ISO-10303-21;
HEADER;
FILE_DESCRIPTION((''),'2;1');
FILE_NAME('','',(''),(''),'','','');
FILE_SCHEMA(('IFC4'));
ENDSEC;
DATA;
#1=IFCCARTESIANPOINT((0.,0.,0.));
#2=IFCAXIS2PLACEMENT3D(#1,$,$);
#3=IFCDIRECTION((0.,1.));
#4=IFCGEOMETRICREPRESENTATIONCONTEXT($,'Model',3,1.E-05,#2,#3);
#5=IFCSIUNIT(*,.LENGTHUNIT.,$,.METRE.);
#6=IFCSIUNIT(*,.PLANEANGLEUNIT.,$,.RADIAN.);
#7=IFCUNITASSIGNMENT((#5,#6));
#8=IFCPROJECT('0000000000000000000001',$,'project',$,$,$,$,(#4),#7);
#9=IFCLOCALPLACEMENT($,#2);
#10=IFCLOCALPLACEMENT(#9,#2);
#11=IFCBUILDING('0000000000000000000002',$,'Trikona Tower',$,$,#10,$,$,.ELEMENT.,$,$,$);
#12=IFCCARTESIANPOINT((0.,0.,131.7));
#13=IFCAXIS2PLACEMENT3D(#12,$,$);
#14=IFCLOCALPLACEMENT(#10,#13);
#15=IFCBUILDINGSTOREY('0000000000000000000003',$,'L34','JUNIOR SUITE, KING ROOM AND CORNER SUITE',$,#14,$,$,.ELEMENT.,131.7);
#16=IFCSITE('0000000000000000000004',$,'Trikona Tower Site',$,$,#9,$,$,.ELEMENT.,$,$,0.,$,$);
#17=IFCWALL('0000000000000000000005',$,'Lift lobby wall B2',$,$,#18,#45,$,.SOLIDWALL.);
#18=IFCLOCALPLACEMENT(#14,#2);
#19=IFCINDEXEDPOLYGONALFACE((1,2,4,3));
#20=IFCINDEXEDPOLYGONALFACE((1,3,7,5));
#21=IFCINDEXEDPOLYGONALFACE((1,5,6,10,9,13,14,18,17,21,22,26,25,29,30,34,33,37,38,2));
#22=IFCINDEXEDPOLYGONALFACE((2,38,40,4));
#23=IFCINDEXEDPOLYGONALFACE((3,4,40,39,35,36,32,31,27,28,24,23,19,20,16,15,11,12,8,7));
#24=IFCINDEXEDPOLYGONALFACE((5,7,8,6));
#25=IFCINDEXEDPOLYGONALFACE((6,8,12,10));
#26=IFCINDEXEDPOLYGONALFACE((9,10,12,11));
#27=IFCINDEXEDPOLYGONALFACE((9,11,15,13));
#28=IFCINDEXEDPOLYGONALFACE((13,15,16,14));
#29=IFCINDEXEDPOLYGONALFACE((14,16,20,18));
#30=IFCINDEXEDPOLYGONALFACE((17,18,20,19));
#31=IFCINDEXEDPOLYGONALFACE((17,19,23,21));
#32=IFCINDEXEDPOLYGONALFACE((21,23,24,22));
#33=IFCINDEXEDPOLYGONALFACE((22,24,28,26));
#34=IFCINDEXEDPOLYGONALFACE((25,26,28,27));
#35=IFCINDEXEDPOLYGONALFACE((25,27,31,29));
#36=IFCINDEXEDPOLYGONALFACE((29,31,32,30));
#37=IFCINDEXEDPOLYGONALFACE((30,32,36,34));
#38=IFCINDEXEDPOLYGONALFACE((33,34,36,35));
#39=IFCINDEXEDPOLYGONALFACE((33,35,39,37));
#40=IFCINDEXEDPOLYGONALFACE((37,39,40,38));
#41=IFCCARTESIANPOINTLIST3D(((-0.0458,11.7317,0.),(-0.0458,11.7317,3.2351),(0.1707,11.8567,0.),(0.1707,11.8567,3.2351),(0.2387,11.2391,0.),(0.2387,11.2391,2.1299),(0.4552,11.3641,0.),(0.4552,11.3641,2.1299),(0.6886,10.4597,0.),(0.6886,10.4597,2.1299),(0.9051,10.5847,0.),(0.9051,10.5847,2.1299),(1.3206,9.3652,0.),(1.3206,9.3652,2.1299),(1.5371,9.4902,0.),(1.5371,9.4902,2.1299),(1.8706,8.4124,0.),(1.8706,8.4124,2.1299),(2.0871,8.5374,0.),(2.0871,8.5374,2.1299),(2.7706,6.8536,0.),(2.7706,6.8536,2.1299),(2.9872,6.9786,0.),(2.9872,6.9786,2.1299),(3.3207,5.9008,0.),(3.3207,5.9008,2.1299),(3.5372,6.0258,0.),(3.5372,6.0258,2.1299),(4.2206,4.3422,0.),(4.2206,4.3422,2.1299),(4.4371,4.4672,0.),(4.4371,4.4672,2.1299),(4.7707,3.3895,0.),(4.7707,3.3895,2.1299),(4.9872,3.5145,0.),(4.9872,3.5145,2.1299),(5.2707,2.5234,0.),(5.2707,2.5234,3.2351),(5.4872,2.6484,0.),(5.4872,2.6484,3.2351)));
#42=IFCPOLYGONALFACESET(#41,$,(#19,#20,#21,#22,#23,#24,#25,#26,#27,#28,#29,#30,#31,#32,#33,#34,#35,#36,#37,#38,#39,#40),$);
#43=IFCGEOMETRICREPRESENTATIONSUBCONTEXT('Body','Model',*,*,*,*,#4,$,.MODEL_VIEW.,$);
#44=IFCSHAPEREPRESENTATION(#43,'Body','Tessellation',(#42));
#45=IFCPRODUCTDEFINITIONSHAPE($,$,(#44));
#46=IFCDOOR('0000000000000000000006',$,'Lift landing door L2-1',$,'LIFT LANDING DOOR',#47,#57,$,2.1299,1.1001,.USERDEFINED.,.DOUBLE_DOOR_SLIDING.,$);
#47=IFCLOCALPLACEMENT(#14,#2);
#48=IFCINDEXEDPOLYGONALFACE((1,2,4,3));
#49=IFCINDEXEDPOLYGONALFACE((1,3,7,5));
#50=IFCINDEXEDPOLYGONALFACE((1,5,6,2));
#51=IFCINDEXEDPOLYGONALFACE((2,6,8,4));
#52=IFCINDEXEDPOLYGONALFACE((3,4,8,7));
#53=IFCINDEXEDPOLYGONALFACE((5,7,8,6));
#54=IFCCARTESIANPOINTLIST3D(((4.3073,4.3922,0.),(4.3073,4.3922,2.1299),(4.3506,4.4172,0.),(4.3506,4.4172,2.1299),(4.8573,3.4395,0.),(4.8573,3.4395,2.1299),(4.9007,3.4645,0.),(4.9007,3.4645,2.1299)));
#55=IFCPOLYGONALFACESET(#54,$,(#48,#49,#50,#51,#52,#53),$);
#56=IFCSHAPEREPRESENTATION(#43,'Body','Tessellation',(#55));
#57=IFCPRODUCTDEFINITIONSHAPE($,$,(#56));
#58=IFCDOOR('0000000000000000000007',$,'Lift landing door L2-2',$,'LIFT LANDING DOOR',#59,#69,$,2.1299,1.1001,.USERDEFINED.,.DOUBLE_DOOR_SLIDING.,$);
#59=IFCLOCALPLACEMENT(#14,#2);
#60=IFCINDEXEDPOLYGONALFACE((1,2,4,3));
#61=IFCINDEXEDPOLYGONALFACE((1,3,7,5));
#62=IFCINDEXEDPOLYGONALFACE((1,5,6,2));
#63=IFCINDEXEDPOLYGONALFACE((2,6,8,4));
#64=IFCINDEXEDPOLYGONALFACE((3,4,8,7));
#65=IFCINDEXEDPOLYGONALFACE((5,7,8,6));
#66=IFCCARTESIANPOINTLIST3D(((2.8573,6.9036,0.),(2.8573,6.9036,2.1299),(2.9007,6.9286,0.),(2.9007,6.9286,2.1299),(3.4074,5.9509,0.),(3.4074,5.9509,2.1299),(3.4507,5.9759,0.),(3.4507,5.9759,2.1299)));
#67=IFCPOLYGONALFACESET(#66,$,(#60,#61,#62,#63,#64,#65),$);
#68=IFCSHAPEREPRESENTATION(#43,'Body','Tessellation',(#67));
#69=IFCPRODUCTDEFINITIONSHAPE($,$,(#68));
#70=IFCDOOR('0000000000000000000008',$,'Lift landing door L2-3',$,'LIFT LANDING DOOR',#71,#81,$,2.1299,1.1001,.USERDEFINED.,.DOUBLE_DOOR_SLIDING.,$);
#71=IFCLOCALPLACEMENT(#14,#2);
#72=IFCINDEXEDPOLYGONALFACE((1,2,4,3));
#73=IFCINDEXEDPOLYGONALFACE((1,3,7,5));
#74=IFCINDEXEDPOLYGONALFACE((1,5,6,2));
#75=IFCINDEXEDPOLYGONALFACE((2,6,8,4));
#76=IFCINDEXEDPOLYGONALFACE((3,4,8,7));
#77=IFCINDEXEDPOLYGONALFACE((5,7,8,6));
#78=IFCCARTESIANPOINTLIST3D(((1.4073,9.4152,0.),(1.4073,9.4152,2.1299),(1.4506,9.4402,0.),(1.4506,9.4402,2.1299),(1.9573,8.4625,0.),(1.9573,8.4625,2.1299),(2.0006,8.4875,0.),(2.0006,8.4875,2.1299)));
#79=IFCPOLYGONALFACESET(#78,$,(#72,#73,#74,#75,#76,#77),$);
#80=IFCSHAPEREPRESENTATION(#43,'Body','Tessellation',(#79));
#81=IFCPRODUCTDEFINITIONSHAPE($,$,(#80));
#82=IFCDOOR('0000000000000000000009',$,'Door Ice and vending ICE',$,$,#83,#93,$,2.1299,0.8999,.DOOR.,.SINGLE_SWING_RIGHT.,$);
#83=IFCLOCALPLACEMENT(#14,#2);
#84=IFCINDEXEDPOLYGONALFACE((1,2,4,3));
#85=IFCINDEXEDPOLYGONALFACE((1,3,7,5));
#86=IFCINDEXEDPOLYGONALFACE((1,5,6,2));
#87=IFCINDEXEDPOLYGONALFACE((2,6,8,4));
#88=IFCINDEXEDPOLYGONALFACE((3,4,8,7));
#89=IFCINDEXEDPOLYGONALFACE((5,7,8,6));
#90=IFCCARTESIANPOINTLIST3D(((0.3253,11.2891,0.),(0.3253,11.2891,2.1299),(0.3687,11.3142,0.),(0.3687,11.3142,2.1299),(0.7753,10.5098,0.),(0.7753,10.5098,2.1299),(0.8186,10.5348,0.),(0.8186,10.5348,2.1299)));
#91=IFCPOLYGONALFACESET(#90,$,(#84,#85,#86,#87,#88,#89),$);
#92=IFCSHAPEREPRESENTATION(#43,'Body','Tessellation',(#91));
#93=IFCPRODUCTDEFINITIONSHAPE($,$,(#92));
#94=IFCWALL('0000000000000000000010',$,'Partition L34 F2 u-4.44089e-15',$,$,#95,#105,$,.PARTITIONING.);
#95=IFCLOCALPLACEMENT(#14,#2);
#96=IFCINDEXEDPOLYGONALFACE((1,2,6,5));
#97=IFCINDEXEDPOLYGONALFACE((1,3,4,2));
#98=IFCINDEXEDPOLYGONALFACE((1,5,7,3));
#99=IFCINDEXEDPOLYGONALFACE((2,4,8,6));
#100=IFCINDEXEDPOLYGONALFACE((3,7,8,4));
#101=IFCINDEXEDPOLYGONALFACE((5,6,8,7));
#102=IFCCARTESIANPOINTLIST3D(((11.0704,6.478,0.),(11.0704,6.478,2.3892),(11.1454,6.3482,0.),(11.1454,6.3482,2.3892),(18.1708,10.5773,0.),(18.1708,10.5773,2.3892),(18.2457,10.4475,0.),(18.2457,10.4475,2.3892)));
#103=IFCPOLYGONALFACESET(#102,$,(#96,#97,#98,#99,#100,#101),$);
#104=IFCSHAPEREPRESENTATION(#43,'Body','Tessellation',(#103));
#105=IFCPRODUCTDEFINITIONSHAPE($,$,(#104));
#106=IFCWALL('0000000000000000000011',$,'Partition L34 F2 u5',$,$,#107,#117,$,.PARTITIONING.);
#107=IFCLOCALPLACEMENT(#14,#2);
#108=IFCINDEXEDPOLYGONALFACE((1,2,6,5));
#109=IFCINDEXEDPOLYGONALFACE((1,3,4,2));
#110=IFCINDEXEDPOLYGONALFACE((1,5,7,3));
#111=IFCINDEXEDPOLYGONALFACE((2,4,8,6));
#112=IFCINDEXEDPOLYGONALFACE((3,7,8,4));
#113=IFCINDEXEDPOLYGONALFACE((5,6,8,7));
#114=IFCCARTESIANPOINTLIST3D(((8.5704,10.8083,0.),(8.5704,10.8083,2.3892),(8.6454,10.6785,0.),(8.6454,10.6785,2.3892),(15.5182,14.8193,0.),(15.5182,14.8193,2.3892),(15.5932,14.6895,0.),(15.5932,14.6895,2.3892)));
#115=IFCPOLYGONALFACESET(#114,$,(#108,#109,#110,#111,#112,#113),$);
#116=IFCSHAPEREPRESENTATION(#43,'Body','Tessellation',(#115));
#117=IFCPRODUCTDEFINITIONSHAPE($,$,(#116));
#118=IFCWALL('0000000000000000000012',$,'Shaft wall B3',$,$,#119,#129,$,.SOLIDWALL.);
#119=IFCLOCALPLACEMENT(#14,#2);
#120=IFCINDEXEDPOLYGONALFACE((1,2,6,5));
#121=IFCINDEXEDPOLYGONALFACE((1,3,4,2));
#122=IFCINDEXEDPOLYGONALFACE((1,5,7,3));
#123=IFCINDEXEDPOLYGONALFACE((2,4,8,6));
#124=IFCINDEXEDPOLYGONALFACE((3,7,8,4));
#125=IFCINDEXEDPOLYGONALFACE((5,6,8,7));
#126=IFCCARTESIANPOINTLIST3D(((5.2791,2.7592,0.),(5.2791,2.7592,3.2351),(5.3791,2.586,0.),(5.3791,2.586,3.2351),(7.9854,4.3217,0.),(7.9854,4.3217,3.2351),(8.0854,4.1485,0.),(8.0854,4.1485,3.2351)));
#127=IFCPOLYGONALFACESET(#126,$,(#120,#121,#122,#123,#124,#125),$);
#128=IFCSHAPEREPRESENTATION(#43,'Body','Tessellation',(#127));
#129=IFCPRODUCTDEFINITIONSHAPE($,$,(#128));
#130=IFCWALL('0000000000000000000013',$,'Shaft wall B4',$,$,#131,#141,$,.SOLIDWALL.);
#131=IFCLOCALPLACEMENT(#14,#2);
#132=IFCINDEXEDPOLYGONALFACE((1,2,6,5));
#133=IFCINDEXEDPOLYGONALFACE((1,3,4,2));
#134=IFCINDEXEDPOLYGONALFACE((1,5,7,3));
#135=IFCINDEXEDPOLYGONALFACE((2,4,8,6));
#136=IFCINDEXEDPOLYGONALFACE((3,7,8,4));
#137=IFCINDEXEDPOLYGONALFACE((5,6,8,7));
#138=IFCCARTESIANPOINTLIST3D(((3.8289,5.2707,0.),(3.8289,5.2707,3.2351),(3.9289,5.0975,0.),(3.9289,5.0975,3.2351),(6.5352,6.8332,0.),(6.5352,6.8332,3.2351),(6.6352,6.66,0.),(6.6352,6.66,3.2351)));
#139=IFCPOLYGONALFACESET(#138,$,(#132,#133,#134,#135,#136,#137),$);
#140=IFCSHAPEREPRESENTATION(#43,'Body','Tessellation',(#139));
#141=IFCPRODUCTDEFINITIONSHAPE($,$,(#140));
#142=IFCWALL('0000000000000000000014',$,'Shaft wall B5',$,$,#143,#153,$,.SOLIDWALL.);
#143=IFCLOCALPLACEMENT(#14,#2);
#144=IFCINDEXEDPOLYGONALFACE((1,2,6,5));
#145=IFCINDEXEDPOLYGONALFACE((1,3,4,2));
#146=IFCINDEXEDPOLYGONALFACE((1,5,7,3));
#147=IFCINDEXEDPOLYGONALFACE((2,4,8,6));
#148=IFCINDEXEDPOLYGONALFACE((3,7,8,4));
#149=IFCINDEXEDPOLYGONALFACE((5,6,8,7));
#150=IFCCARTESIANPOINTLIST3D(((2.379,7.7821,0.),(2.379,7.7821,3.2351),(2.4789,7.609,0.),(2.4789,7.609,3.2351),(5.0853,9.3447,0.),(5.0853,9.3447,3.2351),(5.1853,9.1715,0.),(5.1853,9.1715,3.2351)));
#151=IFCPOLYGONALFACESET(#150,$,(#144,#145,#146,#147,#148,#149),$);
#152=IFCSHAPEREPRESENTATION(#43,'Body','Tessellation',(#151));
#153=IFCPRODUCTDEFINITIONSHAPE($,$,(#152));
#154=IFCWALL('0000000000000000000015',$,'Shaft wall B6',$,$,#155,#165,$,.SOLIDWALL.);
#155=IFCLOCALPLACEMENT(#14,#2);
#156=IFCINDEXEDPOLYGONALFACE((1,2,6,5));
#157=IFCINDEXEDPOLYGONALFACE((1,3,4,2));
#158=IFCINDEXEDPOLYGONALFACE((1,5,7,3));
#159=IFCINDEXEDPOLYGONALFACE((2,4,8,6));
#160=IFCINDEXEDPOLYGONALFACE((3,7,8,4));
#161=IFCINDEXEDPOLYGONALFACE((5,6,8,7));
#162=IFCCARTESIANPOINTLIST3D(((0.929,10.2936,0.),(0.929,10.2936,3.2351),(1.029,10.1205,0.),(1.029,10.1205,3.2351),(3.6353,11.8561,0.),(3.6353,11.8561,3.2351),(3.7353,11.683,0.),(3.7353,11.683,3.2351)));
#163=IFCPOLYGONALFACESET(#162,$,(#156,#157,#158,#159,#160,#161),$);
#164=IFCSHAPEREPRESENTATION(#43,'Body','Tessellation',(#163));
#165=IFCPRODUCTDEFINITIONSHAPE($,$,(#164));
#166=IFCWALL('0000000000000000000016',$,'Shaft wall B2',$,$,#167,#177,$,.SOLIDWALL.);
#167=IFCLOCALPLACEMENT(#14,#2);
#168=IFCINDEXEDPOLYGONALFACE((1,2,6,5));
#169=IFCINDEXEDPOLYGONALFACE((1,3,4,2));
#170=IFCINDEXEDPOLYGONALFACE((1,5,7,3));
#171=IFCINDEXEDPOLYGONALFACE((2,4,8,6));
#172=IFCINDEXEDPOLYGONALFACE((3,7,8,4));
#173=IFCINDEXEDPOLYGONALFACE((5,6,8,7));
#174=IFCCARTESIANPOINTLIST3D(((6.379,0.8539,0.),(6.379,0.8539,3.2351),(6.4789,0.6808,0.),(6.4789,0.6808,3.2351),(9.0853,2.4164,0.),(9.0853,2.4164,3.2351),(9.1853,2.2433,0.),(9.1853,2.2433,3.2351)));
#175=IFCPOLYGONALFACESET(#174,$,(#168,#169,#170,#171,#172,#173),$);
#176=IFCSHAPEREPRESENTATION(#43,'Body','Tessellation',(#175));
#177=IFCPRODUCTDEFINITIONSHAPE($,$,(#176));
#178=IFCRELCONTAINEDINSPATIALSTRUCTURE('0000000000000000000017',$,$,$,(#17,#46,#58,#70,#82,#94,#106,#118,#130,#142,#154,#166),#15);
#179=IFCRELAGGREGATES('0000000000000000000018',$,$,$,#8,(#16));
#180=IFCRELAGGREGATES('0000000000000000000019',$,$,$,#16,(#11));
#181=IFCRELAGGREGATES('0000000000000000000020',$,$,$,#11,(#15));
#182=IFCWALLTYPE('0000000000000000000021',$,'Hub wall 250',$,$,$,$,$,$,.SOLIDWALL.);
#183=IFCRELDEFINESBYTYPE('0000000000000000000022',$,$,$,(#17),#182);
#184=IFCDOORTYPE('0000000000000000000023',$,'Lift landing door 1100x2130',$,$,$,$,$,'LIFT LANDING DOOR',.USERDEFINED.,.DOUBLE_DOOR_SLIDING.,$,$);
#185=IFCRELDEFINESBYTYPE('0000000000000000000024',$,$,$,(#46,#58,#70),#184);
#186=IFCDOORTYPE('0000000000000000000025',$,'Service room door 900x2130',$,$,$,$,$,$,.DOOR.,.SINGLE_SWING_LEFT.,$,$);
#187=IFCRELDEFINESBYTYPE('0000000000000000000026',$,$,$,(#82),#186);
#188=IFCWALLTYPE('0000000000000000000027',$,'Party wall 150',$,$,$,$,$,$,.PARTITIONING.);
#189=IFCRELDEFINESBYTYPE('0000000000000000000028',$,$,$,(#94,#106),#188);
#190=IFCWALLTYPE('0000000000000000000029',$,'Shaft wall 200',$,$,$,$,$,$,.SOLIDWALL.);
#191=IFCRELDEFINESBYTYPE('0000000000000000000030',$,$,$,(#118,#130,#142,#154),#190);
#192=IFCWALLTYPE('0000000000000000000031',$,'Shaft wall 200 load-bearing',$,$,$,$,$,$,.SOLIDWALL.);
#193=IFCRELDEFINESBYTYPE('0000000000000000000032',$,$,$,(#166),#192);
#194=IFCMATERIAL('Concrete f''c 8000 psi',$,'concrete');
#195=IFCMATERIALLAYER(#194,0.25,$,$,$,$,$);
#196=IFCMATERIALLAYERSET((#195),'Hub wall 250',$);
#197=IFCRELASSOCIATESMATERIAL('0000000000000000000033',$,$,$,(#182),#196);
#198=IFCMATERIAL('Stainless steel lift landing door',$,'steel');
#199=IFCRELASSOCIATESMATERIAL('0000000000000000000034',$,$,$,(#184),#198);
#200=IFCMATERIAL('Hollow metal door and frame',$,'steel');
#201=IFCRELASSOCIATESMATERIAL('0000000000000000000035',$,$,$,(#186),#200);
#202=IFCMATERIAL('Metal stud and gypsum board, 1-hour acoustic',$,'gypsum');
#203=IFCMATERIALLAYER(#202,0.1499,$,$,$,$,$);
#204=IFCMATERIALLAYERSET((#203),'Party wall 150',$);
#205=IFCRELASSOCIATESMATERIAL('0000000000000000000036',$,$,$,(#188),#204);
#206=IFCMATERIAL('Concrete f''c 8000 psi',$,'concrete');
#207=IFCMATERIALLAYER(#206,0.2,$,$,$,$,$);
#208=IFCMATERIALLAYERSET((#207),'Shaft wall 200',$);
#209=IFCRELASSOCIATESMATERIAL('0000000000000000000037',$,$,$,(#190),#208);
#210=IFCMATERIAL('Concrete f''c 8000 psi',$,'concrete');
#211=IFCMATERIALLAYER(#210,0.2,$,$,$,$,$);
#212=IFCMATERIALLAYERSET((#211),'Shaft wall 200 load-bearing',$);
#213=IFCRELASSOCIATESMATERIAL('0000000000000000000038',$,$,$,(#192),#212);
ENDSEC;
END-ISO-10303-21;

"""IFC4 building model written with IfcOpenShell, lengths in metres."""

from ifc_helpers import new_model, si_unit, direction, frame, frame_2d, origin, place, context, subcontext, project, spatial, rectangle, extrude, material, layer, layer_set, type_object, element, fill, save


model = new_model("IFC4")

# Units and contexts
model_context = context("Model", 3, precision=1e-05, world=origin(), true_north=direction((0.0, 1.0)))
body_context = subcontext(model_context, "Body", "Model", "MODEL_VIEW")
ifc_project = project(units=[si_unit("LENGTHUNIT", "METRE"), si_unit("PLANEANGLEUNIT", "RADIAN")], contexts=[model_context])

# Site, building, storey
site_placement = place(None, origin())
site = spatial("IfcSite", under=ifc_project, at=site_placement, Name="Trikona Tower Site", CompositionType="ELEMENT", RefElevation=0.0)
building_placement = place(site_placement, origin())
building = spatial("IfcBuilding", under=site, at=building_placement, Name="Trikona Tower", CompositionType="ELEMENT")
storey_placement = place(building_placement, frame((0.0, 0.0, 131.7)))
storey = spatial("IfcBuildingStorey", under=building, at=storey_placement, Name="L34", Description="JUNIOR SUITE, KING ROOM AND CORNER SUITE", CompositionType="ELEMENT", Elevation=131.7)

# Wall, openings, doors
ifc_material_1 = material(Name="Concrete f'c 8000 psi", Category="concrete")
ifc_layer_1 = layer(ifc_material_1, 0.25)
ifc_layer_set_1 = layer_set([ifc_layer_1], Name="Hub wall 250")
wall_type_1 = type_object("IfcWallType", Name="Hub wall 250", PredefinedType="SOLIDWALL", material=ifc_layer_set_1)
wall_1_placement = place(storey_placement, frame((5.3789, 2.5859, 0.0), z_axis=(0.0, 0.0, 1.0), x_axis=(-0.500001, 0.866025, 0.0)))
wall_1 = element("IfcWall", 1, at=wall_1_placement, inside=storey, type_object=wall_type_1, Name="Lift lobby wall B2", PredefinedType="SOLIDWALL", context=body_context, shape_type="SweptSolid", body=[
    extrude(rectangle(XDim=10.6328, YDim=0.25, at=frame_2d((5.3164, 0.0))), origin(), (0.0, 0.0, 1.0), 3.2351),
])
opening_1_placement = place(wall_1_placement, frame((9.1641, 0.0, 0.0)))
opening_1 = element("IfcOpeningElement", 2, at=opening_1_placement, cuts=wall_1, PredefinedType="OPENING", context=body_context, shape_type="SweptSolid", body=[
    extrude(rectangle(XDim=0.8999, YDim=2.1299, at=frame_2d((0.45, 1.0649))), frame((0.0, 0.135, 0.0), z_axis=(0.0, -1.0, 0.0), x_axis=(1.0, 0.0, 0.0)), (0.0, 0.0, 1.0), 0.27),
])
opening_2_placement = place(wall_1_placement, frame((1.0, 0.0, 0.0)))
opening_2 = element("IfcOpeningElement", 3, at=opening_2_placement, cuts=wall_1, PredefinedType="OPENING", context=body_context, shape_type="SweptSolid", body=[
    extrude(rectangle(XDim=1.1001, YDim=2.1299, at=frame_2d((0.55, 1.0649))), frame((0.0, 0.135, 0.0), z_axis=(0.0, -1.0, 0.0), x_axis=(1.0, 0.0, 0.0)), (0.0, 0.0, 1.0), 0.27),
])
opening_3_placement = place(wall_1_placement, frame((3.8999, 0.0, 0.0)))
opening_3 = element("IfcOpeningElement", 4, at=opening_3_placement, cuts=wall_1, PredefinedType="OPENING", context=body_context, shape_type="SweptSolid", body=[
    extrude(rectangle(XDim=1.1001, YDim=2.1299, at=frame_2d((0.55, 1.0649))), frame((0.0, 0.135, 0.0), z_axis=(0.0, -1.0, 0.0), x_axis=(1.0, 0.0, 0.0)), (0.0, 0.0, 1.0), 0.27),
])
opening_4_placement = place(wall_1_placement, frame((6.8, 0.0, 0.0)))
opening_4 = element("IfcOpeningElement", 5, at=opening_4_placement, cuts=wall_1, PredefinedType="OPENING", context=body_context, shape_type="SweptSolid", body=[
    extrude(rectangle(XDim=1.1001, YDim=2.1299, at=frame_2d((0.55, 1.0649))), frame((0.0, 0.135, 0.0), z_axis=(0.0, -1.0, 0.0), x_axis=(1.0, 0.0, 0.0)), (0.0, 0.0, 1.0), 0.27),
])
ifc_material_2 = material(Name="Stainless steel lift landing door", Category="steel")
door_type_1 = type_object("IfcDoorType", Name="Lift landing door 1100x2130", ElementType="LIFT LANDING DOOR", OperationType="DOUBLE_DOOR_SLIDING", PredefinedType="USERDEFINED", material=ifc_material_2)
door_1_placement = place(opening_2_placement, origin())
door_1 = element("IfcDoor", 6, at=door_1_placement, inside=storey, type_object=door_type_1, Name="Lift landing door L2-1", ObjectType="LIFT LANDING DOOR", OperationType="DOUBLE_DOOR_SLIDING", OverallHeight=2.1299, OverallWidth=1.1001, PredefinedType="USERDEFINED", context=body_context, shape_type="SweptSolid", body=[
    extrude(rectangle(XDim=1.1001, YDim=2.1299, at=frame_2d((0.55, 1.0649))), frame((0.0, 0.0249, 0.0), z_axis=(0.0, -1.0, 0.0), x_axis=(1.0, 0.0, 0.0)), (0.0, 0.0, 1.0), 0.05),
])
fill(opening_2, door_1)
door_2_placement = place(opening_3_placement, origin())
door_2 = element("IfcDoor", 7, at=door_2_placement, inside=storey, type_object=door_type_1, Name="Lift landing door L2-2", ObjectType="LIFT LANDING DOOR", OperationType="DOUBLE_DOOR_SLIDING", OverallHeight=2.1299, OverallWidth=1.1001, PredefinedType="USERDEFINED", context=body_context, shape_type="SweptSolid", body=[
    extrude(rectangle(XDim=1.1001, YDim=2.1299, at=frame_2d((0.55, 1.0649))), frame((0.0, 0.0249, 0.0), z_axis=(0.0, -1.0, 0.0), x_axis=(1.0, 0.0, 0.0)), (0.0, 0.0, 1.0), 0.05),
])
fill(opening_3, door_2)
door_3_placement = place(opening_4_placement, origin())
door_3 = element("IfcDoor", 8, at=door_3_placement, inside=storey, type_object=door_type_1, Name="Lift landing door L2-3", ObjectType="LIFT LANDING DOOR", OperationType="DOUBLE_DOOR_SLIDING", OverallHeight=2.1299, OverallWidth=1.1001, PredefinedType="USERDEFINED", context=body_context, shape_type="SweptSolid", body=[
    extrude(rectangle(XDim=1.1001, YDim=2.1299, at=frame_2d((0.55, 1.0649))), frame((0.0, 0.0249, 0.0), z_axis=(0.0, -1.0, 0.0), x_axis=(1.0, 0.0, 0.0)), (0.0, 0.0, 1.0), 0.05),
])
fill(opening_4, door_3)
ifc_material_3 = material(Name="Hollow metal door and frame", Category="steel")
door_type_2 = type_object("IfcDoorType", Name="Service room door 900x2130", OperationType="SINGLE_SWING_LEFT", PredefinedType="DOOR", material=ifc_material_3)
door_4_placement = place(opening_1_placement, origin())
door_4 = element("IfcDoor", 9, at=door_4_placement, inside=storey, type_object=door_type_2, Name="Door Ice and vending ICE", OperationType="SINGLE_SWING_RIGHT", OverallHeight=2.1299, OverallWidth=0.8999, PredefinedType="DOOR", context=body_context, shape_type="SweptSolid", body=[
    extrude(rectangle(XDim=0.8999, YDim=2.1299, at=frame_2d((0.45, 1.0649))), frame((0.0, 0.0249, 0.0), z_axis=(0.0, -1.0, 0.0), x_axis=(1.0, 0.0, 0.0)), (0.0, 0.0, 1.0), 0.05),
])
fill(opening_1, door_4)

# Walls
ifc_material_4 = material(Name="Metal stud and gypsum board, 1-hour acoustic", Category="gypsum")
ifc_layer_2 = layer(ifc_material_4, 0.1499)
ifc_layer_set_2 = layer_set([ifc_layer_2], Name="Party wall 150")
wall_type_2 = type_object("IfcWallType", Name="Party wall 150", PredefinedType="PARTITIONING", material=ifc_layer_set_2)
wall_2_placement = place(storey_placement, frame((11.1079, 6.4131, 0.0), z_axis=(0.0, 0.0, 1.0), x_axis=(0.866026, 0.499998, 0.0)))
element("IfcWall", 10, at=wall_2_placement, inside=storey, type_object=wall_type_2, Name="Partition L34 F2 u-4.44089e-15", PredefinedType="PARTITIONING", context=body_context, shape_type="SweptSolid", body=[
    extrude(rectangle(XDim=8.1987, YDim=0.1499, at=frame_2d((4.0994, 0.0))), origin(), (0.0, 0.0, 1.0), 2.3892),
])
wall_3_placement = place(storey_placement, frame((8.6079, 10.7434, 0.0), z_axis=(0.0, 0.0, 1.0), x_axis=(0.866042, 0.499972, 0.0)))
element("IfcWall", 11, at=wall_3_placement, inside=storey, type_object=wall_type_2, Name="Partition L34 F2 u5", PredefinedType="PARTITIONING", context=body_context, shape_type="SweptSolid", body=[
    extrude(rectangle(XDim=8.0225, YDim=0.1499, at=frame_2d((4.0112, 0.0))), origin(), (0.0, 0.0, 1.0), 2.3892),
])
ifc_material_5 = material(Name="Concrete f'c 8000 psi", Category="concrete")
ifc_layer_3 = layer(ifc_material_5, 0.2)
ifc_layer_set_3 = layer_set([ifc_layer_3], Name="Shaft wall 200")
wall_type_3 = type_object("IfcWallType", Name="Shaft wall 200", PredefinedType="SOLIDWALL", material=ifc_layer_set_3)
for number, where, z_axis, x_axis, name in (
    (12, (5.3291, 2.6726, 0.0), (0.0, 0.0, 1.0), (0.866023, 0.500004, 0.0), "Shaft wall B3"),
    (13, (3.8789, 5.1841, 0.0), (0.0, 0.0, 1.0), (0.866023, 0.500004, 0.0), "Shaft wall B4"),
    (14, (2.429, 7.6956, 0.0), (0.0, 0.0, 1.0), (0.866023, 0.500004, 0.0), "Shaft wall B5"),
    (15, (0.979, 10.207, 0.0), (0.0, 0.0, 1.0), (0.866023, 0.500004, 0.0), "Shaft wall B6"),
):
    element("IfcWall", number, at=place(storey_placement, frame(where, z_axis=z_axis, x_axis=x_axis)), inside=storey, type_object=wall_type_3, Name=name, PredefinedType="SOLIDWALL", context=body_context, shape_type="SweptSolid", body=[
        extrude(rectangle(XDim=3.125, YDim=0.2, at=frame_2d((1.5625, 0.0))), origin(), (0.0, 0.0, 1.0), 3.2351),
    ])
ifc_material_6 = material(Name="Concrete f'c 8000 psi", Category="concrete")
ifc_layer_4 = layer(ifc_material_6, 0.2)
ifc_layer_set_4 = layer_set([ifc_layer_4], Name="Shaft wall 200 load-bearing")
wall_type_4 = type_object("IfcWallType", Name="Shaft wall 200 load-bearing", PredefinedType="SOLIDWALL", material=ifc_layer_set_4)
wall_4_placement = place(storey_placement, frame((6.429, 0.7673, 0.0), z_axis=(0.0, 0.0, 1.0), x_axis=(0.866023, 0.500004, 0.0)))
element("IfcWall", 16, at=wall_4_placement, inside=storey, type_object=wall_type_4, Name="Shaft wall B2", PredefinedType="SOLIDWALL", context=body_context, shape_type="SweptSolid", body=[
    extrude(rectangle(XDim=3.125, YDim=0.2, at=frame_2d((1.5625, 0.0))), origin(), (0.0, 0.0, 1.0), 3.2351),
])

save(model, "model.ifc")
